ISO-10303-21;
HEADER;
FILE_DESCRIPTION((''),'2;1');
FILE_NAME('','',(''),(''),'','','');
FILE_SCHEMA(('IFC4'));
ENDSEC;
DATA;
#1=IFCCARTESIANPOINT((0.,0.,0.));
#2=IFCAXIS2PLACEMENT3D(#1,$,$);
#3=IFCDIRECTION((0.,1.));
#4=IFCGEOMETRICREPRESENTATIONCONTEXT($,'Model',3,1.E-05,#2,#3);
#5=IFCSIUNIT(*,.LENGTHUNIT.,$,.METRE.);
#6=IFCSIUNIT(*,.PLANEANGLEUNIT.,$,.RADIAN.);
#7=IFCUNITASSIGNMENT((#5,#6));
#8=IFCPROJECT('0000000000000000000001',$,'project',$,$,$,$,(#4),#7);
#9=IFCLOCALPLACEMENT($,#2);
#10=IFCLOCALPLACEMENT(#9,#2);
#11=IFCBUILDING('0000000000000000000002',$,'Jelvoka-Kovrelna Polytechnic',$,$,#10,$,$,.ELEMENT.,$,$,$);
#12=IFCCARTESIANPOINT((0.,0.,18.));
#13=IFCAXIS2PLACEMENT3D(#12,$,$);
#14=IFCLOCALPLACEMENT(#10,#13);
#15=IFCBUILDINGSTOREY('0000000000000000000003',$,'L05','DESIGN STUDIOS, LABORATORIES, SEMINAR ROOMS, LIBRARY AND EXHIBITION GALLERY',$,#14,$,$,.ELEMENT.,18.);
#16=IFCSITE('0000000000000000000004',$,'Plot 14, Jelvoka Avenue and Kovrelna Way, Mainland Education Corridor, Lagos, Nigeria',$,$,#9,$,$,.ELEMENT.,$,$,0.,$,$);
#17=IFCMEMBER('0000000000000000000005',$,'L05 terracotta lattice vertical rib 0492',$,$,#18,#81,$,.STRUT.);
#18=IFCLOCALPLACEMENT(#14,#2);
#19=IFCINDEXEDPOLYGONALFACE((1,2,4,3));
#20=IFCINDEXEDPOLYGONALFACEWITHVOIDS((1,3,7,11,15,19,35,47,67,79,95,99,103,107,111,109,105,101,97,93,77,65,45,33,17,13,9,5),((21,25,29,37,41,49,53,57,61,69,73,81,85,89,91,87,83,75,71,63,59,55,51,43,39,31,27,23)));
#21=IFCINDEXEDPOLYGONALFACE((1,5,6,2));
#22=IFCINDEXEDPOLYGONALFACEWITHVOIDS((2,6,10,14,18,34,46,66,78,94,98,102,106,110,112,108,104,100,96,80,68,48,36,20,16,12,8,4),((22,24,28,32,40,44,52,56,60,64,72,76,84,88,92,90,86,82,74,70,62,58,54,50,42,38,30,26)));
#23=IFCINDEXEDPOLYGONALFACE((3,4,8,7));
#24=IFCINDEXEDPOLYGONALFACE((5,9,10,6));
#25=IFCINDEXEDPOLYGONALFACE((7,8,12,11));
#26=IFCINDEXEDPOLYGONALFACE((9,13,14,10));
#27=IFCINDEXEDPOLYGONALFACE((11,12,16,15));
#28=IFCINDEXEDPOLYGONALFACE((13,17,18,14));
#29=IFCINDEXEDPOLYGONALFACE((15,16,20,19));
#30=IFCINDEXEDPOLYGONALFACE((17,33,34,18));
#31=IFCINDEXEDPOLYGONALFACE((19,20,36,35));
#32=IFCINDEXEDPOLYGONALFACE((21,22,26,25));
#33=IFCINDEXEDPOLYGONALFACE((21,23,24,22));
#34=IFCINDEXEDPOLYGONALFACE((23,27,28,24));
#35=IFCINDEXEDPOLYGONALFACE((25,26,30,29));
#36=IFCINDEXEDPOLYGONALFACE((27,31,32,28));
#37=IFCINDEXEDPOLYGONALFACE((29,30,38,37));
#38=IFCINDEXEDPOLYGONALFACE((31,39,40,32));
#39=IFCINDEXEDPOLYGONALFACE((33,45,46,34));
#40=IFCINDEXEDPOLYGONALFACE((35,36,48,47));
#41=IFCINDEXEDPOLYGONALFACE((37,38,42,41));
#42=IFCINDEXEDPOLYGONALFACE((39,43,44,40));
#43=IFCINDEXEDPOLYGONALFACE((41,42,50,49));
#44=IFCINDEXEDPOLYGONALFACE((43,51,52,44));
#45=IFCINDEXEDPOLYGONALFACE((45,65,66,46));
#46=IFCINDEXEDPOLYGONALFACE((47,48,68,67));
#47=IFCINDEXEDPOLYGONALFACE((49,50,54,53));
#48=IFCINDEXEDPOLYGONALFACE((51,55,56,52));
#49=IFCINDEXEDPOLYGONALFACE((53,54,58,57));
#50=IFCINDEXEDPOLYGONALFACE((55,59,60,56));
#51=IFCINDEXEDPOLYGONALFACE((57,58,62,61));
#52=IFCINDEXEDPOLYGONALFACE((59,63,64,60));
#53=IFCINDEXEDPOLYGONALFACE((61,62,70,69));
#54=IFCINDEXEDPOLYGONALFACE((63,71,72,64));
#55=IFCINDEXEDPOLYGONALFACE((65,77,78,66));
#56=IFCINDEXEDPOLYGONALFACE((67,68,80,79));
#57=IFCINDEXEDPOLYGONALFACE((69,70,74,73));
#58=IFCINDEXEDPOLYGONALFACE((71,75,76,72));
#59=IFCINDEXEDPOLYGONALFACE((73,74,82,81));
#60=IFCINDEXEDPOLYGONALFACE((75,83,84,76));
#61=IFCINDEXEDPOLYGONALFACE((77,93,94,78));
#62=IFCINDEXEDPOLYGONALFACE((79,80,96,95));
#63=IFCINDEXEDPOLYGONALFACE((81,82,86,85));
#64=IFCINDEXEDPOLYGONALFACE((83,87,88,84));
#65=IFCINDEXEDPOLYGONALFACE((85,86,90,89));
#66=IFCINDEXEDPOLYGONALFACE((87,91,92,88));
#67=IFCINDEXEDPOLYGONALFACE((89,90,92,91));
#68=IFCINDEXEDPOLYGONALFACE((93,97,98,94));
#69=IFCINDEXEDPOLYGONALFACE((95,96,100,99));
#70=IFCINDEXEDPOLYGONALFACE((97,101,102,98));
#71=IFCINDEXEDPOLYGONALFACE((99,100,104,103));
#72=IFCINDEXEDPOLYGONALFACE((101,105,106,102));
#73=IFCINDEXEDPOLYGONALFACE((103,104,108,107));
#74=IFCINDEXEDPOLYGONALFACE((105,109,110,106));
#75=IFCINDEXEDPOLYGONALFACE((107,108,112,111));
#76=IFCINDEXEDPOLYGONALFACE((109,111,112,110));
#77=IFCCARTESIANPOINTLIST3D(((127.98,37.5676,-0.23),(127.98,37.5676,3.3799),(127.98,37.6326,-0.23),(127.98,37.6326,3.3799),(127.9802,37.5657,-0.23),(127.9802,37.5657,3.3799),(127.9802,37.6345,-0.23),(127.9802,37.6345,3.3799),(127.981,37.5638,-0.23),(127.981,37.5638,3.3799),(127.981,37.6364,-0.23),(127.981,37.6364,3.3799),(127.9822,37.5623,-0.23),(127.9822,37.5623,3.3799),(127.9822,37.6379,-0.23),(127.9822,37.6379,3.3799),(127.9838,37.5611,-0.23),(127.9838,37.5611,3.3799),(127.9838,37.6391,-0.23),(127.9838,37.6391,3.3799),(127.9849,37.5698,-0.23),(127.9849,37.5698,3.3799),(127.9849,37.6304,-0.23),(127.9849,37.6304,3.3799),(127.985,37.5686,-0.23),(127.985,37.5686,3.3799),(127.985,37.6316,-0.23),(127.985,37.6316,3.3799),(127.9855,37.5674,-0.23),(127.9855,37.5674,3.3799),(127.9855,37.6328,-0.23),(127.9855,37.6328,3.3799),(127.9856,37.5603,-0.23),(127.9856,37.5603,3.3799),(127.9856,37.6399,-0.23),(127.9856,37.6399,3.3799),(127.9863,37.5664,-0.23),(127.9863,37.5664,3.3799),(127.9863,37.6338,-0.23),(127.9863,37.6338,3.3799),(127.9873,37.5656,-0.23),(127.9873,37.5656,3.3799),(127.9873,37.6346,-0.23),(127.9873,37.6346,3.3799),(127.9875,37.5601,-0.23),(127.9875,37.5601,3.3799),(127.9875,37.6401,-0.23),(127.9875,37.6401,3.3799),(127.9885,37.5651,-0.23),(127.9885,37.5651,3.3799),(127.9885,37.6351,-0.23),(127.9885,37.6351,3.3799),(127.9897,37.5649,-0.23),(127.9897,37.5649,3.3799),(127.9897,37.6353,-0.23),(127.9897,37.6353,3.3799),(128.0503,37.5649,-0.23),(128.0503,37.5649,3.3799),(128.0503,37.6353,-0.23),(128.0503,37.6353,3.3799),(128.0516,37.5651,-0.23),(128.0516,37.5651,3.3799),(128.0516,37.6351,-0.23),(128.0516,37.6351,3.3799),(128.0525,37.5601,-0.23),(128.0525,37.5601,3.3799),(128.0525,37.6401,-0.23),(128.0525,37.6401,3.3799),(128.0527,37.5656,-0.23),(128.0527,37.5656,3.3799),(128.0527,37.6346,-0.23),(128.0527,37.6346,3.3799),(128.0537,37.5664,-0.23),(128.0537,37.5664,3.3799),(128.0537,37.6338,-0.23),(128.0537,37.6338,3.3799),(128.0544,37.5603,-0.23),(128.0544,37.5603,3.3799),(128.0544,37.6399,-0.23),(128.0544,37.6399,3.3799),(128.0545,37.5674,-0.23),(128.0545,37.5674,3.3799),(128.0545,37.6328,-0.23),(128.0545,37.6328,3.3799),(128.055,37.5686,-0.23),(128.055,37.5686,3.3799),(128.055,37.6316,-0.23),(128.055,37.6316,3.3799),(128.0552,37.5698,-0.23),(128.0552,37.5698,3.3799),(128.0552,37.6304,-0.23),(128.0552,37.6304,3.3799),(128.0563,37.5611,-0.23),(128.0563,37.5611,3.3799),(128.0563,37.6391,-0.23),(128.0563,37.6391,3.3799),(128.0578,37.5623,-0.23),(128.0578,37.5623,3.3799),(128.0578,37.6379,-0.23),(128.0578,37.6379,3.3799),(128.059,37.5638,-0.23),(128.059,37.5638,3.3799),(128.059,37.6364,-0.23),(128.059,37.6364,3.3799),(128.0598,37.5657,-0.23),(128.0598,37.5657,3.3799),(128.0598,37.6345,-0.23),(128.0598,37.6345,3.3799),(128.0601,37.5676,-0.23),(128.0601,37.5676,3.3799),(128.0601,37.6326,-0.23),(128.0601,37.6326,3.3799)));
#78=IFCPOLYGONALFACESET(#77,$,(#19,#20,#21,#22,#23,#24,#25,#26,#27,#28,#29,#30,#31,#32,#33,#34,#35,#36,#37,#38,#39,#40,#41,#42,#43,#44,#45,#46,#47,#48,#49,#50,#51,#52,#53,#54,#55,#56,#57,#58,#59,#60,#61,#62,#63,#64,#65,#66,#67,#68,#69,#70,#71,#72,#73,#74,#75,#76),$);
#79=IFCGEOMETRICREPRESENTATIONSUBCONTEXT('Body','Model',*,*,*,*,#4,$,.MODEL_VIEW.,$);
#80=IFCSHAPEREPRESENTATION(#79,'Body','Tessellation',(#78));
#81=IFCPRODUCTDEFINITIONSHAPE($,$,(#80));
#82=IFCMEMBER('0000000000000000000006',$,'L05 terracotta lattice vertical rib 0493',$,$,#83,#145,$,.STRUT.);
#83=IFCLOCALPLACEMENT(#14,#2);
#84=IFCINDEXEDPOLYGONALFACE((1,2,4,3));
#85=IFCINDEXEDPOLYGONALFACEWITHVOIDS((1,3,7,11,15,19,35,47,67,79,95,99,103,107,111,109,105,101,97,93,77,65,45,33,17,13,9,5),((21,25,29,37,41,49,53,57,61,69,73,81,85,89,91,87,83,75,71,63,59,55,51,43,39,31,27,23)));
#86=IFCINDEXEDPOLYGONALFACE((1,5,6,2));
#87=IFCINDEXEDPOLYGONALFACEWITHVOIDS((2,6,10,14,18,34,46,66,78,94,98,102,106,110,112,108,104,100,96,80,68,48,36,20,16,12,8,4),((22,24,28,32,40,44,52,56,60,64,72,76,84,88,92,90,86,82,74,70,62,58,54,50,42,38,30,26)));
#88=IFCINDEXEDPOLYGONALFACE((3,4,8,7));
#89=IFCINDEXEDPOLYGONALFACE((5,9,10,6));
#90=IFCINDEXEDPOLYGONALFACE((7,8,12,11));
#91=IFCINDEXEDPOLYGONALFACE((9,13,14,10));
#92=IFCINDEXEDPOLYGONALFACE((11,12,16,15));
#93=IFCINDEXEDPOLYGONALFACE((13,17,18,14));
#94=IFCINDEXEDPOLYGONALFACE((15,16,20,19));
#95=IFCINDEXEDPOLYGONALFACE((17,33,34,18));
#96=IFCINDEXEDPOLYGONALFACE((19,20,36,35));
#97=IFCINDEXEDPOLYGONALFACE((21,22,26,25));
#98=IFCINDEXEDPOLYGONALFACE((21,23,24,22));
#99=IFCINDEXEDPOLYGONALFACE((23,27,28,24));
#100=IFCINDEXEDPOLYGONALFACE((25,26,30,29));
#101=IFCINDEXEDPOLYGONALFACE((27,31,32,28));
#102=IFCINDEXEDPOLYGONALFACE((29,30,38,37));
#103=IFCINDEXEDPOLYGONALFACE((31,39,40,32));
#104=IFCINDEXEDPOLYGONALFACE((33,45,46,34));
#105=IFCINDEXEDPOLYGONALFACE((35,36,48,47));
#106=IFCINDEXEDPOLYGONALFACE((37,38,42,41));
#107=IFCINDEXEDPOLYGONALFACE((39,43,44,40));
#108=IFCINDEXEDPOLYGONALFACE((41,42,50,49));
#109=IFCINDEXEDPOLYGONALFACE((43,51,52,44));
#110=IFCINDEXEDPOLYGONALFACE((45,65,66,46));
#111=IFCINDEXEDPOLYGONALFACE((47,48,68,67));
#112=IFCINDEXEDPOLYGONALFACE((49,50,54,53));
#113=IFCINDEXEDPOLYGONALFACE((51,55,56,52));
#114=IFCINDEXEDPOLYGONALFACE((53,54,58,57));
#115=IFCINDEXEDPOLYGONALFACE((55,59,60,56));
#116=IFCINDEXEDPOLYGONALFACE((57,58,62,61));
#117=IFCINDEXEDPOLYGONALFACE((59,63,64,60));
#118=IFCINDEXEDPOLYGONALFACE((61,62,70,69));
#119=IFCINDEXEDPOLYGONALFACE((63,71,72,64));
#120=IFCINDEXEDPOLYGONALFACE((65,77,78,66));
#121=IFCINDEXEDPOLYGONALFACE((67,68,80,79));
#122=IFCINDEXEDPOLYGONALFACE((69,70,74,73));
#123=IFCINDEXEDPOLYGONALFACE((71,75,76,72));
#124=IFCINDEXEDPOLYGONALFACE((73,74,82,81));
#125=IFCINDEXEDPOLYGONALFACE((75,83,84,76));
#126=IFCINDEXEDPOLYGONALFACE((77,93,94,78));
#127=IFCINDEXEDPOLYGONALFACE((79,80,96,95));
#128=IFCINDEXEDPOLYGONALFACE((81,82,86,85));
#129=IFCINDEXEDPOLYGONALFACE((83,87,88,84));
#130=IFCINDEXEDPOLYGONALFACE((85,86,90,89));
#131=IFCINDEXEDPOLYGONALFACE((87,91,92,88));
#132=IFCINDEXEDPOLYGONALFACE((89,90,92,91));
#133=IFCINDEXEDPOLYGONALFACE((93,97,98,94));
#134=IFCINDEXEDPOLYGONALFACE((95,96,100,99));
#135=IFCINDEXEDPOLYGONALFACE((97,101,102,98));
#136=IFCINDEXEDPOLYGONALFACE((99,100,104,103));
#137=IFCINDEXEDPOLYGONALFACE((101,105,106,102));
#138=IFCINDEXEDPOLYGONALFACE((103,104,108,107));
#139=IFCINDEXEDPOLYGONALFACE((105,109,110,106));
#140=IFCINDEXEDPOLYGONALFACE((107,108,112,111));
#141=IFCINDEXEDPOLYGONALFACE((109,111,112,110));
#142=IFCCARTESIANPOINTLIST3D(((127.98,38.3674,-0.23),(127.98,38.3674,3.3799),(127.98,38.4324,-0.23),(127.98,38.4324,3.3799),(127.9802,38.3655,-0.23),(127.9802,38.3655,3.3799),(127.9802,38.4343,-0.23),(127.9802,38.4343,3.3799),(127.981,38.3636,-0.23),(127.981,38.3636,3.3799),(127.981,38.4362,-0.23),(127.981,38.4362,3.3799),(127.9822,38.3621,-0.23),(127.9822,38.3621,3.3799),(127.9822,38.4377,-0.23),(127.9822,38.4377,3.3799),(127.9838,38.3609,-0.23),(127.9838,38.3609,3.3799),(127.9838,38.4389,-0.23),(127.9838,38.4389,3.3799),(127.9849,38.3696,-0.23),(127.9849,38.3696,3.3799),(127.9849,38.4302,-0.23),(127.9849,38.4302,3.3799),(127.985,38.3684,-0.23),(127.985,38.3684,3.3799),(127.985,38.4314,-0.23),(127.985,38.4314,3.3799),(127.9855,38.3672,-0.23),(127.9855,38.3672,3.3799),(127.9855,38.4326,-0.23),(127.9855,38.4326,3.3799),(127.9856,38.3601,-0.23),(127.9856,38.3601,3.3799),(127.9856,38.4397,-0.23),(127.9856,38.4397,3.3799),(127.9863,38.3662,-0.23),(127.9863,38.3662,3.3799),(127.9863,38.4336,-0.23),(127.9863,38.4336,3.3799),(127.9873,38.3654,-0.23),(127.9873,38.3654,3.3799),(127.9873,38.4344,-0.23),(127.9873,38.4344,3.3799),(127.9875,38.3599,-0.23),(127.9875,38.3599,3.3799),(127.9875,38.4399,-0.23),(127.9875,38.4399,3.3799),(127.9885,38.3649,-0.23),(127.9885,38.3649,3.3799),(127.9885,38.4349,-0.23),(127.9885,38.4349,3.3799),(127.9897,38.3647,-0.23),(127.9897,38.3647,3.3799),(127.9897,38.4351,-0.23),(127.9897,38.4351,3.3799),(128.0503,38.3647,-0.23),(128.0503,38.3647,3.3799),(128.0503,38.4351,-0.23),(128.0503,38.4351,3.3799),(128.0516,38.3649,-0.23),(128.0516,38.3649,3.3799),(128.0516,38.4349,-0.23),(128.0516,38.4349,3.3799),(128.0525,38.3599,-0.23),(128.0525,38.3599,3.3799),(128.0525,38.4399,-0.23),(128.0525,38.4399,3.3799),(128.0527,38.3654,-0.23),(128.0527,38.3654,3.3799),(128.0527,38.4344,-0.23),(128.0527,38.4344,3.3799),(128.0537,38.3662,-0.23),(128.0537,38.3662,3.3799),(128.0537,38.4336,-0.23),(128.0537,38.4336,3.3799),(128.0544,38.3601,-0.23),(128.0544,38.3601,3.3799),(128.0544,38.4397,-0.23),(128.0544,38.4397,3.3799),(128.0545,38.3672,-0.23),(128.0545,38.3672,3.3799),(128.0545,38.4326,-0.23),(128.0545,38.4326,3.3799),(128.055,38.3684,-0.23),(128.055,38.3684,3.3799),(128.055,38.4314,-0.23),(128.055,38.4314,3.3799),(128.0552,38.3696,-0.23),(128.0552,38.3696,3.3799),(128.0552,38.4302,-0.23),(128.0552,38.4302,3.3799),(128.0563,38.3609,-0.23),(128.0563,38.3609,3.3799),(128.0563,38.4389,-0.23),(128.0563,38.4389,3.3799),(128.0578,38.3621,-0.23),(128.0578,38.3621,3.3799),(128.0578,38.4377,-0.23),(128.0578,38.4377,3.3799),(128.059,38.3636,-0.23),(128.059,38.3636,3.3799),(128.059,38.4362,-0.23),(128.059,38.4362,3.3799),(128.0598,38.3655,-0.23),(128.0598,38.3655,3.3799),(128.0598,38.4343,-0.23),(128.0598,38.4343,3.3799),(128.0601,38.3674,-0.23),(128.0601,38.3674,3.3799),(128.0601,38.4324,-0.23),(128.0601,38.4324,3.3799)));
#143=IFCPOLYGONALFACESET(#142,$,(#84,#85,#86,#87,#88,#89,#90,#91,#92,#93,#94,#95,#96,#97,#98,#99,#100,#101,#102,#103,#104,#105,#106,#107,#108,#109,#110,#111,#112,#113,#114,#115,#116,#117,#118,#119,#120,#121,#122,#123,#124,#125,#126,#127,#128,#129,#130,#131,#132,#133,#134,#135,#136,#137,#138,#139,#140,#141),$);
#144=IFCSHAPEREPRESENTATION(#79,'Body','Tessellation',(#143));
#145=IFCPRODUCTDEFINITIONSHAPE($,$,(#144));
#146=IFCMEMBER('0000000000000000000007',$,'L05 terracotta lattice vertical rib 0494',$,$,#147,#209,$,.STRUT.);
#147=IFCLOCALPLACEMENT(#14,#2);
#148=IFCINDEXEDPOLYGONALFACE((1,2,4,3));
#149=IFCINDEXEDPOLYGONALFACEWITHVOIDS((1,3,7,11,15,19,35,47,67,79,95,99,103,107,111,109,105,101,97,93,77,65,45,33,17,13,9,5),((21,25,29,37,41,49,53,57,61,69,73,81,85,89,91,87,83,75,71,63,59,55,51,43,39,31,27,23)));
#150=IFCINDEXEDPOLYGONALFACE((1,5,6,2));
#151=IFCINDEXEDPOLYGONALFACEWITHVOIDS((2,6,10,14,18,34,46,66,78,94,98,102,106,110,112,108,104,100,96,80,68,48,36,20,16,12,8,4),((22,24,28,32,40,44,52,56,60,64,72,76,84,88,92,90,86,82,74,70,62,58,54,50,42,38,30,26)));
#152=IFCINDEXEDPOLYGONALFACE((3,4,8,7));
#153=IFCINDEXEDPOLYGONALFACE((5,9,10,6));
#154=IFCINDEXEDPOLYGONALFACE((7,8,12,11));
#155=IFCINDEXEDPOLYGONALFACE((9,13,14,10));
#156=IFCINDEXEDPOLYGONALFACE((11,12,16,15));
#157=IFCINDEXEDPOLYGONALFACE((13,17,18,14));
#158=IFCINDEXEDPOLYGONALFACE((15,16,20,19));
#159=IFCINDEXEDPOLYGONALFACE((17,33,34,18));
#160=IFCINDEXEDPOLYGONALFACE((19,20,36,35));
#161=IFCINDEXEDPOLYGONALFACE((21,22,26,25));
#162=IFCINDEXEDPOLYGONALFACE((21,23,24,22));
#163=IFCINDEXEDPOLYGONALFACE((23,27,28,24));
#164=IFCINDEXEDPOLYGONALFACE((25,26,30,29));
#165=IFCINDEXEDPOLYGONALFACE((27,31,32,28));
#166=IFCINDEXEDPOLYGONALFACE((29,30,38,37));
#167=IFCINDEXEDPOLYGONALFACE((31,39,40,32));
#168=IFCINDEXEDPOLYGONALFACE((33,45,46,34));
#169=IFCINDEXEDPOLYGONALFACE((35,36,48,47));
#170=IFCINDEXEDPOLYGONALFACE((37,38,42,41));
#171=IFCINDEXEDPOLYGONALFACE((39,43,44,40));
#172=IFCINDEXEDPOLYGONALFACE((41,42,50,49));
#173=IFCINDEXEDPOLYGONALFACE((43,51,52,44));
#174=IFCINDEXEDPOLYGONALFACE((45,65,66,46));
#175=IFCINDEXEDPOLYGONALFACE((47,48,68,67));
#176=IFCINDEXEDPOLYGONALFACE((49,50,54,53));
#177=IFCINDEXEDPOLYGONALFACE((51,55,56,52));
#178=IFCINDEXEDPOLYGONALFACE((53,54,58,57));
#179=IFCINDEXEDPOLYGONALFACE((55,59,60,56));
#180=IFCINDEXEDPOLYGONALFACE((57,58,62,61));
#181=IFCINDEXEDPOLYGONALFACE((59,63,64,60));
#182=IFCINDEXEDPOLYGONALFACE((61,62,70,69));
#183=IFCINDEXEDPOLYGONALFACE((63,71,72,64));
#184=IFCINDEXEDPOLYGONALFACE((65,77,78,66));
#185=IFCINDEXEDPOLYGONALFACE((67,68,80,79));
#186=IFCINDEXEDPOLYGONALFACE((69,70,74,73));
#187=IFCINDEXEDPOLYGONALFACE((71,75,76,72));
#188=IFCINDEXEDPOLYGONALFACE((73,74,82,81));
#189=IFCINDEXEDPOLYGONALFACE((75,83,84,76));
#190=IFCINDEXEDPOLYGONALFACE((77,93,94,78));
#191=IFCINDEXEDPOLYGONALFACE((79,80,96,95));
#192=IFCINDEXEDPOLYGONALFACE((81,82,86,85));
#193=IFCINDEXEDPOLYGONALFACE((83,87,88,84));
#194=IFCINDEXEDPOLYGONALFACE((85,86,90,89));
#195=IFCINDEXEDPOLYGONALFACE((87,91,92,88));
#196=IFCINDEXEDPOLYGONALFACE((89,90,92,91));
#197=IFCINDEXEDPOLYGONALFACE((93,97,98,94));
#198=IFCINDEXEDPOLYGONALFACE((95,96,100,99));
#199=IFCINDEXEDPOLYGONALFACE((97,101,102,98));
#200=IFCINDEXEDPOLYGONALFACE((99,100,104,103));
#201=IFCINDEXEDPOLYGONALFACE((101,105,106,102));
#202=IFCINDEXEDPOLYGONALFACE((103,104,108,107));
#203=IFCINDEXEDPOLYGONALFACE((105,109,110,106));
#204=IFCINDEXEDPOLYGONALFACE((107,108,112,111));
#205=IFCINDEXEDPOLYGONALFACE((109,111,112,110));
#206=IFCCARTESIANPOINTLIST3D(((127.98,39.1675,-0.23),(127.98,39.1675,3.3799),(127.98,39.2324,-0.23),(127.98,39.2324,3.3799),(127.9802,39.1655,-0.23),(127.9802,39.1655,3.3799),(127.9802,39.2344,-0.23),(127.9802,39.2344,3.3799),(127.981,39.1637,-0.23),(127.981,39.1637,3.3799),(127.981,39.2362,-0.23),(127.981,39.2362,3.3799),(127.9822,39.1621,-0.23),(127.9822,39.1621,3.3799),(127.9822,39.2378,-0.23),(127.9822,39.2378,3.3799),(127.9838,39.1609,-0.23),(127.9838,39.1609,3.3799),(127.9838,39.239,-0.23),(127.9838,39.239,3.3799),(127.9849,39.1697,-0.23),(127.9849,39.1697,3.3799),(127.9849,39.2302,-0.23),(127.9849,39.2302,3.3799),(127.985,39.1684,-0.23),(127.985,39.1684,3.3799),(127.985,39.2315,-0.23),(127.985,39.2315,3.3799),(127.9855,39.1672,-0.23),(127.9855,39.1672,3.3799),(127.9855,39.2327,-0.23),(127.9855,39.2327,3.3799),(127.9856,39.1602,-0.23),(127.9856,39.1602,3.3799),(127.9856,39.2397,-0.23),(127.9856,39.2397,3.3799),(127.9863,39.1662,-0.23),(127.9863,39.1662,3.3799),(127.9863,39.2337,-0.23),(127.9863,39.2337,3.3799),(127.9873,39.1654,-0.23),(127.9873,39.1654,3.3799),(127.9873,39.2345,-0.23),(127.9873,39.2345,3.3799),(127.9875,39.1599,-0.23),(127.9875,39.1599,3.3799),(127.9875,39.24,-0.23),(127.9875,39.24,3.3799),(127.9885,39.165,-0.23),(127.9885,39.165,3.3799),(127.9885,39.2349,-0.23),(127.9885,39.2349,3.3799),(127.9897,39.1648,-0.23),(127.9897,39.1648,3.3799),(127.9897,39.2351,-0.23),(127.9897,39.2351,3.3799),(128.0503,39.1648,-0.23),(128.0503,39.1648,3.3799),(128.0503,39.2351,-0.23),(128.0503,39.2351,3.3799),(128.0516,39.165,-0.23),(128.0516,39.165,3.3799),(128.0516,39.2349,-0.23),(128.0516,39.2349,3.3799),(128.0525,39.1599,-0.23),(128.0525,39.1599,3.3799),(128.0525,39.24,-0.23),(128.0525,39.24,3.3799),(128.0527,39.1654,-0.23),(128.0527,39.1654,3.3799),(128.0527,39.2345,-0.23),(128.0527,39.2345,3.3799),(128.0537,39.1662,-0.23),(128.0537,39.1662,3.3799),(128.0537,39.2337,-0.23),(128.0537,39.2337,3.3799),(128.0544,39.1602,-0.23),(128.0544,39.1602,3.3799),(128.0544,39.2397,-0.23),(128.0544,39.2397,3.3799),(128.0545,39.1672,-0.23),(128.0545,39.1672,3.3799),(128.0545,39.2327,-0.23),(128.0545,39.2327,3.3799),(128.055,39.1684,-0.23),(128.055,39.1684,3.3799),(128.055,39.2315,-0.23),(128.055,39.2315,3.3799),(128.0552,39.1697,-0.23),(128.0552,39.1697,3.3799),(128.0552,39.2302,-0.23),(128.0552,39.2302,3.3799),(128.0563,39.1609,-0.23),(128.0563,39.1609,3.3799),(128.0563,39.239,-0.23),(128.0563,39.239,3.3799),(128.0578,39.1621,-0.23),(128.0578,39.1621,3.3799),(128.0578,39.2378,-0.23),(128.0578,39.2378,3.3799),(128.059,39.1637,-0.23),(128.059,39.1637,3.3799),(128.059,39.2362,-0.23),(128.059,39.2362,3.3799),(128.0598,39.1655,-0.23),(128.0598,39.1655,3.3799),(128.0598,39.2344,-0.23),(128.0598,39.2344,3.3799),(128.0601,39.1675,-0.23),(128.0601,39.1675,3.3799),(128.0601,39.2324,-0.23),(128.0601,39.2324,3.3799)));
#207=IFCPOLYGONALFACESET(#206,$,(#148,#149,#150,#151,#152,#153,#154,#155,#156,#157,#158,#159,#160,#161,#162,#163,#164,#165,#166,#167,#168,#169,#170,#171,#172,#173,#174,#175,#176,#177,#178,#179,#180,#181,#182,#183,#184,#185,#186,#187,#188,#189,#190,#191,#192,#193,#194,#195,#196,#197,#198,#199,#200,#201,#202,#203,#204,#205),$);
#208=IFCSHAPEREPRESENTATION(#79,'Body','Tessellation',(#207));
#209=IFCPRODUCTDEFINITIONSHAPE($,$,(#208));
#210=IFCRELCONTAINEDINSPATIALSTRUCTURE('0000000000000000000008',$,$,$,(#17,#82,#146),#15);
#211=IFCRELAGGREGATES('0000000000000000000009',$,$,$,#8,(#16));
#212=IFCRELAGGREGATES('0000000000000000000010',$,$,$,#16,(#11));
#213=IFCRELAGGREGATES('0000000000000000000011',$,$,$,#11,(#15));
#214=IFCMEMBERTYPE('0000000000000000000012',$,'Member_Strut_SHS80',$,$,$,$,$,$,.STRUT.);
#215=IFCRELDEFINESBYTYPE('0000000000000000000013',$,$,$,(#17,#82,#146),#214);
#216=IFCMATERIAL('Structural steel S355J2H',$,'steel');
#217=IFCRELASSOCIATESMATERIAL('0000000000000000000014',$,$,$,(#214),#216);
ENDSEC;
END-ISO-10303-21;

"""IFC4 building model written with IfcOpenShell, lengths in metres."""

from ifc_helpers import new_model, si_unit, direction, frame, origin, origin_2d, place, context, subcontext, project, spatial, hollow_rectangle, extrude, material, material_profile, profile_set, type_object, element, save


model = new_model("IFC4")

# Units and contexts
model_context = context("Model", 3, precision=1e-05, world=origin(), true_north=direction((0.0, 1.0)))
body_context = subcontext(model_context, "Body", "Model", "MODEL_VIEW")
ifc_project = project(units=[si_unit("LENGTHUNIT", "METRE"), si_unit("PLANEANGLEUNIT", "RADIAN")], contexts=[model_context])

# Site, building, storey
site_placement = place(None, origin())
site = spatial("IfcSite", under=ifc_project, at=site_placement, Name="Plot 14, Jelvoka Avenue and Kovrelna Way, Mainland Education Corridor, Lagos, Nigeria", CompositionType="ELEMENT", RefElevation=0.0)
building_placement = place(site_placement, origin())
building = spatial("IfcBuilding", under=site, at=building_placement, Name="Jelvoka-Kovrelna Polytechnic", CompositionType="ELEMENT")
storey_placement = place(building_placement, frame((0.0, 0.0, 18.0)))
storey = spatial("IfcBuildingStorey", under=building, at=storey_placement, Name="L05", Description="DESIGN STUDIOS, LABORATORIES, SEMINAR ROOMS, LIBRARY AND EXHIBITION GALLERY", CompositionType="ELEMENT", Elevation=18.0)

# Members
ifc_material_1 = material(Name="Structural steel S355J2H", Category="steel")
ifc_material_profile_1 = material_profile(ifc_material_1, hollow_rectangle(XDim=0.0801, YDim=0.0801, WallThickness=0.0049, InnerFilletRadius=0.0049, OuterFilletRadius=0.0076, at=origin_2d()), Name="80x80x5.0 SHS")
ifc_profile_set_1 = profile_set([ifc_material_profile_1], Name="Structural steel S355J2H")
member_type_1 = type_object("IfcMemberType", Name="Member_Strut_SHS80", PredefinedType="STRUT", material=ifc_profile_set_1)
for number, where, z_axis, x_axis, name in (
    (1, (128.02, 37.6001, -0.23), (0.0, 0.0, 1.0), (1.0, 0.0, 0.0), "L05 terracotta lattice vertical rib 0492"),
    (2, (128.02, 38.3999, -0.23), (0.0, 0.0, 1.0), (1.0, 0.0, 0.0), "L05 terracotta lattice vertical rib 0493"),
    (3, (128.02, 39.2, -0.23), (0.0, 0.0, 1.0), (1.0, 0.0, 0.0), "L05 terracotta lattice vertical rib 0494"),
):
    element("IfcMember", number, at=place(storey_placement, frame(where, z_axis=z_axis, x_axis=x_axis)), inside=storey, type_object=member_type_1, Name=name, PredefinedType="STRUT", context=body_context, shape_type="SweptSolid", body=[
        extrude(hollow_rectangle(XDim=0.0801, YDim=0.0801, WallThickness=0.0049, InnerFilletRadius=0.0049, OuterFilletRadius=0.0076, at=origin_2d()), origin(), (0.0, 0.0, 1.0), 3.6099),
    ])

save(model, "model.ifc")
